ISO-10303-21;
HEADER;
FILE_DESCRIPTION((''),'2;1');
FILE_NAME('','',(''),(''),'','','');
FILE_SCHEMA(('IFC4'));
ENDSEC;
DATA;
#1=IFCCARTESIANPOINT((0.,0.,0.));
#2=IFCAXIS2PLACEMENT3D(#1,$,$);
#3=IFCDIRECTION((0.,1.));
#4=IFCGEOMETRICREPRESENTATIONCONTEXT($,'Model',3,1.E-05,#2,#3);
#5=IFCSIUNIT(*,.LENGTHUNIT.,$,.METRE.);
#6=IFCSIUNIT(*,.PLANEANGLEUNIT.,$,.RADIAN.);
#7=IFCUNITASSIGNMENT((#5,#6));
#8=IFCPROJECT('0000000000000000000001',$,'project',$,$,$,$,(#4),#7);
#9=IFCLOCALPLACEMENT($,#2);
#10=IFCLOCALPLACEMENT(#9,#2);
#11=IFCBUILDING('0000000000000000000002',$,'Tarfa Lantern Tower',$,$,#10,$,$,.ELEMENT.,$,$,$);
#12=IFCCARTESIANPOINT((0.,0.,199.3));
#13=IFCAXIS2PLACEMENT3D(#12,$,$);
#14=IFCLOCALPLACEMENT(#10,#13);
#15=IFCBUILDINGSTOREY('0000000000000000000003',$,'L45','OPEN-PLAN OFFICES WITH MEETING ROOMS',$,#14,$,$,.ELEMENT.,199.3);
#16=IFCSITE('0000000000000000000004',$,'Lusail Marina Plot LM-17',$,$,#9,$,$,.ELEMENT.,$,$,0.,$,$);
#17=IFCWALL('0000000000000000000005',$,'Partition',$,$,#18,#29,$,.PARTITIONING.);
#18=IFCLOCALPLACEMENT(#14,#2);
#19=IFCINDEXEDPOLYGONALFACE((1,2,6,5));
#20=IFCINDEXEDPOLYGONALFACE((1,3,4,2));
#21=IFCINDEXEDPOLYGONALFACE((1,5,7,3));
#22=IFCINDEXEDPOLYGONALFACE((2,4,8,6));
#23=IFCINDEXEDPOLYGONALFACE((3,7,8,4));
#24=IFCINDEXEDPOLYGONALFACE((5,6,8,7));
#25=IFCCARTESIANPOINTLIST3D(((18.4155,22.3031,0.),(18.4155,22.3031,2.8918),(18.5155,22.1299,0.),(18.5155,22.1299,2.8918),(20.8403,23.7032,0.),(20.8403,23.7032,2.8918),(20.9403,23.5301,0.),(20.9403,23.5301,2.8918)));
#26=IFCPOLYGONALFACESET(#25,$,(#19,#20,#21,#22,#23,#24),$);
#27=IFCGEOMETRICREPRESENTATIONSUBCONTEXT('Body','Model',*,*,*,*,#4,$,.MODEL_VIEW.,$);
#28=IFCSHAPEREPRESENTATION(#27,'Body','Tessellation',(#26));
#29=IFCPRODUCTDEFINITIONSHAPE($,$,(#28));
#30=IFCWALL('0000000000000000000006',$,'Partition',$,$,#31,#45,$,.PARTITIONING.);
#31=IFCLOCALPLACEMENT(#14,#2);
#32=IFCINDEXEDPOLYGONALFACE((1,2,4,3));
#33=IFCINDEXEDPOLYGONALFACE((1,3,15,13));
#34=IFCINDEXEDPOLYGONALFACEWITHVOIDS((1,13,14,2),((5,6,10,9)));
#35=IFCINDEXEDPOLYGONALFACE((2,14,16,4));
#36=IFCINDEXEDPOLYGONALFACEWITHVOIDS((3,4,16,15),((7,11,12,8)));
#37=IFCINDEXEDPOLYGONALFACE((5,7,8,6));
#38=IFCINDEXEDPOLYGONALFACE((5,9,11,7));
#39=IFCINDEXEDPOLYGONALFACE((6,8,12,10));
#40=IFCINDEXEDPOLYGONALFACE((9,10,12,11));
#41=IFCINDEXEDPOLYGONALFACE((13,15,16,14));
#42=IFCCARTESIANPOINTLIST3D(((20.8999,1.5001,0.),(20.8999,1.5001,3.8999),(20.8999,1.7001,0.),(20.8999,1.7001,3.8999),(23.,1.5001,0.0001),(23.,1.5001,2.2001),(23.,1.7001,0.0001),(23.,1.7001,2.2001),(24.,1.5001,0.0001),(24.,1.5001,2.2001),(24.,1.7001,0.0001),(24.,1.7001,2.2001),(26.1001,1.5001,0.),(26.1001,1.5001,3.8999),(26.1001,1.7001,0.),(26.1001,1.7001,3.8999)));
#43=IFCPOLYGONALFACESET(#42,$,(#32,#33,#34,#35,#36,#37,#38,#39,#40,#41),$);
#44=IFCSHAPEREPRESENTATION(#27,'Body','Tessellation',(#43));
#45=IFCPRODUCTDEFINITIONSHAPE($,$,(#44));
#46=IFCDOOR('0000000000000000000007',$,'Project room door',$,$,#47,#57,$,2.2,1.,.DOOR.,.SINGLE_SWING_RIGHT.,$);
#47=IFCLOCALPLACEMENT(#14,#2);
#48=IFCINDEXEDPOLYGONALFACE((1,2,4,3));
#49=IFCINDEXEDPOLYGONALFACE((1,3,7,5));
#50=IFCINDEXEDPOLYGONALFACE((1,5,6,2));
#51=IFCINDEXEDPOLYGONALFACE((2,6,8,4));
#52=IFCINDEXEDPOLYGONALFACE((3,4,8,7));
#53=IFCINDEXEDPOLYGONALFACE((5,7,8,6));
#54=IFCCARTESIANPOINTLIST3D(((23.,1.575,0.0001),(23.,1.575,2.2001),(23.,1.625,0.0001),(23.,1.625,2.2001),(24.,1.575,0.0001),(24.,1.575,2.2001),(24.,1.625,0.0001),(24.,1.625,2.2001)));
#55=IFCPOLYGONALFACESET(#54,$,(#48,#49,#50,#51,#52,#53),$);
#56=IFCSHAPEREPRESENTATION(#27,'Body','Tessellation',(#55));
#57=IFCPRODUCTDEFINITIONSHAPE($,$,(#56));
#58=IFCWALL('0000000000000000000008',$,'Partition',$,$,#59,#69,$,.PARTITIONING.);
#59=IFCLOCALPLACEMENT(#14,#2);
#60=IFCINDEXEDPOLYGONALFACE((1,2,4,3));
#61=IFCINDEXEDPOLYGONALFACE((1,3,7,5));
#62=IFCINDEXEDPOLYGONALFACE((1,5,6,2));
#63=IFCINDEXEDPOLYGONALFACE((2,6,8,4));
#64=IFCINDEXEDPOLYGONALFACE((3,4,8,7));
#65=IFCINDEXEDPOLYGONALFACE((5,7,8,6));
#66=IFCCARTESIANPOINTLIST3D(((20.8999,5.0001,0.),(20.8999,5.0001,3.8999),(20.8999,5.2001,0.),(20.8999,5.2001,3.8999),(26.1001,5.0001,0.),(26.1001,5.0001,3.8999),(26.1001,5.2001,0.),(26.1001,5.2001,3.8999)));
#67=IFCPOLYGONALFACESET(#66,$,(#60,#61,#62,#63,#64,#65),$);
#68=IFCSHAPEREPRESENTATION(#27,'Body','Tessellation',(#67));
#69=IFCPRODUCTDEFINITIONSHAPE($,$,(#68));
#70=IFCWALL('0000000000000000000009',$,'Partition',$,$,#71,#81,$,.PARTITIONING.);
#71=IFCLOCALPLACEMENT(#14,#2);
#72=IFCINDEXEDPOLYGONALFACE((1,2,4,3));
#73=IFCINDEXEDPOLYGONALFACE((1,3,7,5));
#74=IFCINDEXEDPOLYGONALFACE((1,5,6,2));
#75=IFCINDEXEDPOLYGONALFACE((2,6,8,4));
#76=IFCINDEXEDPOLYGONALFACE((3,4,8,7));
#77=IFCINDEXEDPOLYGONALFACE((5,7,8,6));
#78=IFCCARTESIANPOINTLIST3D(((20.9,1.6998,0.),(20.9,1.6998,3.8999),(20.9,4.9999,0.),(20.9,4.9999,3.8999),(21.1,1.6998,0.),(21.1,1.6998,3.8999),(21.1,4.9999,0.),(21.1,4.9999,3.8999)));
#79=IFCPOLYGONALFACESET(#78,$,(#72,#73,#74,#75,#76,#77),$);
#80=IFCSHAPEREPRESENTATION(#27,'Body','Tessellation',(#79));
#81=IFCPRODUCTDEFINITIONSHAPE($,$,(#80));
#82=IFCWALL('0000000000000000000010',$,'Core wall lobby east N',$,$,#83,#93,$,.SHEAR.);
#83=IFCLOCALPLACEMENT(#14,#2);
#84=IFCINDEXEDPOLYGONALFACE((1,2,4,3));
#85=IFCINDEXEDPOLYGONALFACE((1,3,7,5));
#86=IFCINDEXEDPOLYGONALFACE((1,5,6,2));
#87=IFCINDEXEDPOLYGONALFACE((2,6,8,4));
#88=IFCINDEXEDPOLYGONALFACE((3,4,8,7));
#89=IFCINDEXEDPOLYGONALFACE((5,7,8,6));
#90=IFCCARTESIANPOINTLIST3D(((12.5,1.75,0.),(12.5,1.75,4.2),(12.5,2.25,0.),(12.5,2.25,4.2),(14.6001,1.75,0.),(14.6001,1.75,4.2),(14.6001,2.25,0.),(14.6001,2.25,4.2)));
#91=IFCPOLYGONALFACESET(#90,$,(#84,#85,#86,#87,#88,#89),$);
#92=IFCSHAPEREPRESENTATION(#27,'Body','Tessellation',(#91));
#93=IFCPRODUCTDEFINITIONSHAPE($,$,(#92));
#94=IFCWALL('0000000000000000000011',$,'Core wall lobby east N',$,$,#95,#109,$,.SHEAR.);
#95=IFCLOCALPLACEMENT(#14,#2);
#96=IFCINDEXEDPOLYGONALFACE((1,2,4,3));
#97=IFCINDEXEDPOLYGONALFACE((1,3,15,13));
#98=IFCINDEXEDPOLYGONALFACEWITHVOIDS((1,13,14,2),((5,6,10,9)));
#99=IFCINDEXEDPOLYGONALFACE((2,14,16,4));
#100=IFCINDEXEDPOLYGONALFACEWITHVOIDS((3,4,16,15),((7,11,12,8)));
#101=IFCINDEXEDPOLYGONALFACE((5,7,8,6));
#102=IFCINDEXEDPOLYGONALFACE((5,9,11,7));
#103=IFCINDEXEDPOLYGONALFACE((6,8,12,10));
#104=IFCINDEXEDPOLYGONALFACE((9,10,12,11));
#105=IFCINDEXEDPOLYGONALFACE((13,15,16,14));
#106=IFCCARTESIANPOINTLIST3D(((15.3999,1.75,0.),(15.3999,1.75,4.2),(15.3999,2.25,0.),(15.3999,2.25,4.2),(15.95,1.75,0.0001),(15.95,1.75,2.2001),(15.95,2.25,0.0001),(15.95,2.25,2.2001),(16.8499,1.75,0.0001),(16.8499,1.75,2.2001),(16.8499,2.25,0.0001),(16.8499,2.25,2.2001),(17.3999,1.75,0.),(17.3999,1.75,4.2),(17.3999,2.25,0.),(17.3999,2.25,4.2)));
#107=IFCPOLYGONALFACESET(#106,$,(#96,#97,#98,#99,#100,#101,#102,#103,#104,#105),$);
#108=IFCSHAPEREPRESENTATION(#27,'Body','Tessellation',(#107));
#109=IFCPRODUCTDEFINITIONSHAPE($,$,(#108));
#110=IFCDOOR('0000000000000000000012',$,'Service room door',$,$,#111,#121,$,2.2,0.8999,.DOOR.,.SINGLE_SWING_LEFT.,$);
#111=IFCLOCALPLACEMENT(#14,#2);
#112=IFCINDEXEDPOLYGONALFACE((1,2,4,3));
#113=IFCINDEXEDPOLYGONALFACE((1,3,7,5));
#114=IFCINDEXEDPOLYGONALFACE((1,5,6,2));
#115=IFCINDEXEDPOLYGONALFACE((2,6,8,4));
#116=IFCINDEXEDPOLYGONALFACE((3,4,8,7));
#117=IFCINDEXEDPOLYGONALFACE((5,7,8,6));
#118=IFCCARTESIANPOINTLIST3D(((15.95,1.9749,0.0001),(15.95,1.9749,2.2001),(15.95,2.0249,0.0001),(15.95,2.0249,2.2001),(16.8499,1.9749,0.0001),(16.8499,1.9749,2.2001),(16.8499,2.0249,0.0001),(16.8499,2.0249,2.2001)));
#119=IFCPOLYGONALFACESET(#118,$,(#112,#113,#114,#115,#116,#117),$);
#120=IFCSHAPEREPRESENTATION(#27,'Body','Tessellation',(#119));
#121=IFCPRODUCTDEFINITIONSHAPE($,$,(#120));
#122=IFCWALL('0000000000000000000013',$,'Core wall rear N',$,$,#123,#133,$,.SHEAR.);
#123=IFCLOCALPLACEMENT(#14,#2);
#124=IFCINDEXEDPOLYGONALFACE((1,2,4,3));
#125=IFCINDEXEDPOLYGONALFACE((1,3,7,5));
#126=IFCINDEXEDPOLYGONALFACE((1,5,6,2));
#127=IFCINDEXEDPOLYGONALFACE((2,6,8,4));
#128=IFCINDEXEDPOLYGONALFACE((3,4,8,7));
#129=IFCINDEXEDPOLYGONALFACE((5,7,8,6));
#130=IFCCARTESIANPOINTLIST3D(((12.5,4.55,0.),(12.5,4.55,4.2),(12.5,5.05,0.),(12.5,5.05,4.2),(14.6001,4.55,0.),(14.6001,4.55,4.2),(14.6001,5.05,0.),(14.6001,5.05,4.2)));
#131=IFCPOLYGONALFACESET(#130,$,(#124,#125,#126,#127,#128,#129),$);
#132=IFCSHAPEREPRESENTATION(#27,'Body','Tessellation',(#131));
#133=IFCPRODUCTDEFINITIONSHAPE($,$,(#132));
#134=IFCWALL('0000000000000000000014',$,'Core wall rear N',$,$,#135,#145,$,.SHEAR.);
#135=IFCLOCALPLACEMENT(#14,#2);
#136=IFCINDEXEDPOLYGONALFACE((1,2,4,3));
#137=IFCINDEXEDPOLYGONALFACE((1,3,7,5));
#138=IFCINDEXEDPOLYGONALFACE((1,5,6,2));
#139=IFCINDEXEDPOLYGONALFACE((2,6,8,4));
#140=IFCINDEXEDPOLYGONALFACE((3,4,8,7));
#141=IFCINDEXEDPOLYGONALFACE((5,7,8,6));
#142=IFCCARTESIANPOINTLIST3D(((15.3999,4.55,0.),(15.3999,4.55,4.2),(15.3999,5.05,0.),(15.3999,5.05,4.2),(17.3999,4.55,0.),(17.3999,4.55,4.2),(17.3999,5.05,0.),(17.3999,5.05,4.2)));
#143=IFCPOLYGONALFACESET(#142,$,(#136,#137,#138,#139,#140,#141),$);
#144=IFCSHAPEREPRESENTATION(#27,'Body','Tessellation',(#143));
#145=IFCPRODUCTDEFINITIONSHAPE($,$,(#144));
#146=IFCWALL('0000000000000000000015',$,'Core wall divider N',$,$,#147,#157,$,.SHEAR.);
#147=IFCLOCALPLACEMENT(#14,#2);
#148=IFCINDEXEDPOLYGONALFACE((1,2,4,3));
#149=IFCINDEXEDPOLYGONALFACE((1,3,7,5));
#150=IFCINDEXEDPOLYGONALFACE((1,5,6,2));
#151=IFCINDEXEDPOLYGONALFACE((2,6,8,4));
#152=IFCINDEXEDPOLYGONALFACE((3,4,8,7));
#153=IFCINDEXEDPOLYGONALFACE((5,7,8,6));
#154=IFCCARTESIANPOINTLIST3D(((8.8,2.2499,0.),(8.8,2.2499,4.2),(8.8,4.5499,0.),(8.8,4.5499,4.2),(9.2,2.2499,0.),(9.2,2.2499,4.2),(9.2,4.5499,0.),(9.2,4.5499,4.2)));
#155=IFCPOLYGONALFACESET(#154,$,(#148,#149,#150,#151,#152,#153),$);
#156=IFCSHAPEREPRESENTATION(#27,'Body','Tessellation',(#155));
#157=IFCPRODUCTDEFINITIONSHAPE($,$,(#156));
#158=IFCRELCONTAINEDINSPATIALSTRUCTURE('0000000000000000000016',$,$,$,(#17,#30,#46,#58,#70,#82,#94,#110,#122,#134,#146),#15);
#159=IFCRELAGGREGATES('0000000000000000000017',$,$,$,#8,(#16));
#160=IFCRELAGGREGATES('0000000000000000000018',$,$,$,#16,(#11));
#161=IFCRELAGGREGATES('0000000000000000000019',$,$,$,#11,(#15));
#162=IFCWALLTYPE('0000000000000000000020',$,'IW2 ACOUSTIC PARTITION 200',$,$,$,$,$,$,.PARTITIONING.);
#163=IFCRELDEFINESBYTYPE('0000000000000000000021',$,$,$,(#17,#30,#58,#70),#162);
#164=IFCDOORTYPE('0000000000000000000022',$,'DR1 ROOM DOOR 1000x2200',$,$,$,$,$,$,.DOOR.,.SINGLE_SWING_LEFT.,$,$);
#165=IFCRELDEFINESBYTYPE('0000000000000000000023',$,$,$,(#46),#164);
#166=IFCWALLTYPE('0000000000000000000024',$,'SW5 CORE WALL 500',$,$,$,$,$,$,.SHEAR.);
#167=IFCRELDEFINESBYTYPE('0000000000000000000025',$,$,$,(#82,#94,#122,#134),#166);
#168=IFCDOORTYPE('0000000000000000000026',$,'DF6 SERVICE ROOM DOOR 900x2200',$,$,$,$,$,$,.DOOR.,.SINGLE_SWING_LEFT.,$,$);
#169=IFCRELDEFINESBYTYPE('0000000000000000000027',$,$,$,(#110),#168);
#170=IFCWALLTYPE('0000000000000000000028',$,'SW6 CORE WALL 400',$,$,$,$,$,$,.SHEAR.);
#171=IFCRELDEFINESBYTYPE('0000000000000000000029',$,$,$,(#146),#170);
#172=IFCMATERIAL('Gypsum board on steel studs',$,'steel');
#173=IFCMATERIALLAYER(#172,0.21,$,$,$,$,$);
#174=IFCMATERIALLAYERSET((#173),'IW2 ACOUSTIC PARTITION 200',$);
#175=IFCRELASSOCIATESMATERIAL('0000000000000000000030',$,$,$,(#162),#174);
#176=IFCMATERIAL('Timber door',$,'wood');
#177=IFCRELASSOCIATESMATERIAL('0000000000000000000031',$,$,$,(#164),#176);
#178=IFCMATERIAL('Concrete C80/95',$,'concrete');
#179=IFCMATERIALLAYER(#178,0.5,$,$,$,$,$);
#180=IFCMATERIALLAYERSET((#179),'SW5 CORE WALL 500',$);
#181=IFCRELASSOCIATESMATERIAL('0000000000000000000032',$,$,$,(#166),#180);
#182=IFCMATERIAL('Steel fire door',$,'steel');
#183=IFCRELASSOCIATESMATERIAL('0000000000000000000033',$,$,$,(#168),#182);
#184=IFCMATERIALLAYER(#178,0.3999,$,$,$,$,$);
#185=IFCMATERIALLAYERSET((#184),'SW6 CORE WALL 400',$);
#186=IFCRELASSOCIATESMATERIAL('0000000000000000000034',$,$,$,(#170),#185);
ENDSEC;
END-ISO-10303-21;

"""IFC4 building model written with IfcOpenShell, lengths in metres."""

from ifc_helpers import new_model, si_unit, direction, frame, frame_2d, origin, place, context, subcontext, project, spatial, rectangle, extrude, material, layer, layer_set, type_object, element, fill, save


model = new_model("IFC4")

# Units and contexts
model_context = context("Model", 3, precision=1e-05, world=origin(), true_north=direction((0.0, 1.0)))
body_context = subcontext(model_context, "Body", "Model", "MODEL_VIEW")
ifc_project = project(units=[si_unit("LENGTHUNIT", "METRE"), si_unit("PLANEANGLEUNIT", "RADIAN")], contexts=[model_context])

# Site, building, storey
site_placement = place(None, origin())
site = spatial("IfcSite", under=ifc_project, at=site_placement, Name="Lusail Marina Plot LM-17", CompositionType="ELEMENT", RefElevation=0.0)
building_placement = place(site_placement, origin())
building = spatial("IfcBuilding", under=site, at=building_placement, Name="Tarfa Lantern Tower", CompositionType="ELEMENT")
storey_placement = place(building_placement, frame((0.0, 0.0, 199.3)))
storey = spatial("IfcBuildingStorey", under=building, at=storey_placement, Name="L45", Description="OPEN-PLAN OFFICES WITH MEETING ROOMS", CompositionType="ELEMENT", Elevation=199.3)

# Wall
ifc_material_1 = material(Name="Gypsum board on steel studs", Category="steel")
ifc_layer_1 = layer(ifc_material_1, 0.21)
ifc_layer_set_1 = layer_set([ifc_layer_1], Name="IW2 ACOUSTIC PARTITION 200")
wall_type_1 = type_object("IfcWallType", Name="IW2 ACOUSTIC PARTITION 200", PredefinedType="PARTITIONING", material=ifc_layer_set_1)
for number, where, z_axis, x_axis, name in (
    (1, (18.4656, 22.2166, 0.0), (0.0, 0.0, 1.0), (0.865997, 0.50005, 0.0), "Partition"),
):
    element("IfcWall", number, at=place(storey_placement, frame(where, z_axis=z_axis, x_axis=x_axis)), inside=storey, type_object=wall_type_1, Name=name, PredefinedType="PARTITIONING", context=body_context, shape_type="SweptSolid", body=[
        extrude(rectangle(XDim=2.8, YDim=0.2, at=frame_2d((1.3999, 0.0))), origin(), (0.0, 0.0, 1.0), 2.8918),
    ])

# Wall, opening, door
wall_1_placement = place(storey_placement, frame((20.8999, 1.6001, 0.0), z_axis=(0.0, 0.0, 1.0), x_axis=(1.0, 0.0, 0.0)))
wall_1 = element("IfcWall", 2, at=wall_1_placement, inside=storey, type_object=wall_type_1, Name="Partition", PredefinedType="PARTITIONING", context=body_context, shape_type="SweptSolid", body=[
    extrude(rectangle(XDim=5.2002, YDim=0.2, at=frame_2d((2.6001, 0.0))), origin(), (0.0, 0.0, 1.0), 3.8999),
])
opening_1_placement = place(wall_1_placement, frame((2.1001, 0.0, 0.0)))
opening_1 = element("IfcOpeningElement", 3, at=opening_1_placement, cuts=wall_1, PredefinedType="OPENING", context=body_context, shape_type="SweptSolid", body=[
    extrude(rectangle(XDim=1.0, YDim=2.2, at=frame_2d((0.5, 1.1001))), frame((0.0, 0.1099, 0.0), z_axis=(0.0, -1.0, 0.0), x_axis=(1.0, 0.0, 0.0)), (0.0, 0.0, 1.0), 0.22),
])
ifc_material_2 = material(Name="Timber door", Category="wood")
door_type_1 = type_object("IfcDoorType", Name="DR1 ROOM DOOR 1000x2200", OperationType="SINGLE_SWING_LEFT", PredefinedType="DOOR", material=ifc_material_2)
door_1_placement = place(opening_1_placement, origin())
door_1 = element("IfcDoor", 4, at=door_1_placement, inside=storey, type_object=door_type_1, Name="Project room door", OperationType="SINGLE_SWING_RIGHT", OverallHeight=2.2, OverallWidth=1.0, PredefinedType="DOOR", context=body_context, shape_type="SweptSolid", body=[
    extrude(rectangle(XDim=1.0, YDim=2.2, at=frame_2d((0.5, 1.1001))), frame((0.0, 0.0249, 0.0), z_axis=(0.0, -1.0, 0.0), x_axis=(1.0, 0.0, 0.0)), (0.0, 0.0, 1.0), 0.05),
])
fill(opening_1, door_1)

# Walls
wall_2_placement = place(storey_placement, frame((20.8999, 5.1001, 0.0), z_axis=(0.0, 0.0, 1.0), x_axis=(1.0, 0.0, 0.0)))
element("IfcWall", 5, at=wall_2_placement, inside=storey, type_object=wall_type_1, Name="Partition", PredefinedType="PARTITIONING", context=body_context, shape_type="SweptSolid", body=[
    extrude(rectangle(XDim=5.2002, YDim=0.2, at=frame_2d((2.6001, 0.0))), origin(), (0.0, 0.0, 1.0), 3.8999),
])
wall_3_placement = place(storey_placement, frame((21.0, 1.7, 0.0), z_axis=(0.0, 0.0, 1.0), x_axis=(0.0, 1.0, 0.0)))
element("IfcWall", 6, at=wall_3_placement, inside=storey, type_object=wall_type_1, Name="Partition", PredefinedType="PARTITIONING", context=body_context, shape_type="SweptSolid", body=[
    extrude(rectangle(XDim=3.3, YDim=0.2, at=frame_2d((1.6499, 0.0))), origin(), (0.0, 0.0, 1.0), 3.8999),
])
ifc_material_3 = material(Name="Concrete C80/95", Category="concrete")
ifc_layer_2 = layer(ifc_material_3, 0.5)
ifc_layer_set_2 = layer_set([ifc_layer_2], Name="SW5 CORE WALL 500")
wall_type_2 = type_object("IfcWallType", Name="SW5 CORE WALL 500", PredefinedType="SHEAR", material=ifc_layer_set_2)
wall_4_placement = place(storey_placement, frame((12.5, 2.0, 0.0), z_axis=(0.0, 0.0, 1.0), x_axis=(1.0, 0.0, 0.0)))
element("IfcWall", 7, at=wall_4_placement, inside=storey, type_object=wall_type_2, Name="Core wall lobby east N", PredefinedType="SHEAR", context=body_context, shape_type="SweptSolid", body=[
    extrude(rectangle(XDim=2.1001, YDim=0.5, at=frame_2d((1.05, 0.0))), origin(), (0.0, 0.0, 1.0), 4.2),
])

# Wall, opening, door
wall_5_placement = place(storey_placement, frame((15.3999, 2.0, 0.0), z_axis=(0.0, 0.0, 1.0), x_axis=(1.0, 0.0, 0.0)))
wall_5 = element("IfcWall", 8, at=wall_5_placement, inside=storey, type_object=wall_type_2, Name="Core wall lobby east N", PredefinedType="SHEAR", context=body_context, shape_type="SweptSolid", body=[
    extrude(rectangle(XDim=2.0, YDim=0.5, at=frame_2d((1.0, 0.0))), origin(), (0.0, 0.0, 1.0), 4.2),
])
opening_2_placement = place(wall_5_placement, frame((0.55, 0.0, 0.0)))
opening_2 = element("IfcOpeningElement", 9, at=opening_2_placement, cuts=wall_5, PredefinedType="OPENING", context=body_context, shape_type="SweptSolid", body=[
    extrude(rectangle(XDim=0.8999, YDim=2.2, at=frame_2d((0.45, 1.1001))), frame((0.0, 0.26, 0.0), z_axis=(0.0, -1.0, 0.0), x_axis=(1.0, 0.0, 0.0)), (0.0, 0.0, 1.0), 0.52),
])
ifc_material_4 = material(Name="Steel fire door", Category="steel")
door_type_2 = type_object("IfcDoorType", Name="DF6 SERVICE ROOM DOOR 900x2200", OperationType="SINGLE_SWING_LEFT", PredefinedType="DOOR", material=ifc_material_4)
door_2_placement = place(opening_2_placement, origin())
door_2 = element("IfcDoor", 10, at=door_2_placement, inside=storey, type_object=door_type_2, Name="Service room door", OperationType="SINGLE_SWING_LEFT", OverallHeight=2.2, OverallWidth=0.8999, PredefinedType="DOOR", context=body_context, shape_type="SweptSolid", body=[
    extrude(rectangle(XDim=0.8999, YDim=2.2, at=frame_2d((0.45, 1.1001))), frame((0.0, 0.0249, 0.0), z_axis=(0.0, -1.0, 0.0), x_axis=(1.0, 0.0, 0.0)), (0.0, 0.0, 1.0), 0.05),
])
fill(opening_2, door_2)

# Walls
wall_6_placement = place(storey_placement, frame((12.5, 4.8, 0.0), z_axis=(0.0, 0.0, 1.0), x_axis=(1.0, 0.0, 0.0)))
element("IfcWall", 11, at=wall_6_placement, inside=storey, type_object=wall_type_2, Name="Core wall rear N", PredefinedType="SHEAR", context=body_context, shape_type="SweptSolid", body=[
    extrude(rectangle(XDim=2.1001, YDim=0.5, at=frame_2d((1.05, 0.0))), origin(), (0.0, 0.0, 1.0), 4.2),
])
wall_7_placement = place(storey_placement, frame((15.3999, 4.8, 0.0), z_axis=(0.0, 0.0, 1.0), x_axis=(1.0, 0.0, 0.0)))
element("IfcWall", 12, at=wall_7_placement, inside=storey, type_object=wall_type_2, Name="Core wall rear N", PredefinedType="SHEAR", context=body_context, shape_type="SweptSolid", body=[
    extrude(rectangle(XDim=2.0, YDim=0.5, at=frame_2d((1.0, 0.0))), origin(), (0.0, 0.0, 1.0), 4.2),
])
ifc_layer_3 = layer(ifc_material_3, 0.3999)
ifc_layer_set_3 = layer_set([ifc_layer_3], Name="SW6 CORE WALL 400")
wall_type_3 = type_object("IfcWallType", Name="SW6 CORE WALL 400", PredefinedType="SHEAR", material=ifc_layer_set_3)
wall_8_placement = place(storey_placement, frame((9.0, 2.25, 0.0), z_axis=(0.0, 0.0, 1.0), x_axis=(0.0, 1.0, 0.0)))
element("IfcWall", 13, at=wall_8_placement, inside=storey, type_object=wall_type_3, Name="Core wall divider N", PredefinedType="SHEAR", context=body_context, shape_type="SweptSolid", body=[
    extrude(rectangle(XDim=2.3, YDim=0.3999, at=frame_2d((1.1499, 0.0))), origin(), (0.0, 0.0, 1.0), 4.2),
])

save(model, "model.ifc")
